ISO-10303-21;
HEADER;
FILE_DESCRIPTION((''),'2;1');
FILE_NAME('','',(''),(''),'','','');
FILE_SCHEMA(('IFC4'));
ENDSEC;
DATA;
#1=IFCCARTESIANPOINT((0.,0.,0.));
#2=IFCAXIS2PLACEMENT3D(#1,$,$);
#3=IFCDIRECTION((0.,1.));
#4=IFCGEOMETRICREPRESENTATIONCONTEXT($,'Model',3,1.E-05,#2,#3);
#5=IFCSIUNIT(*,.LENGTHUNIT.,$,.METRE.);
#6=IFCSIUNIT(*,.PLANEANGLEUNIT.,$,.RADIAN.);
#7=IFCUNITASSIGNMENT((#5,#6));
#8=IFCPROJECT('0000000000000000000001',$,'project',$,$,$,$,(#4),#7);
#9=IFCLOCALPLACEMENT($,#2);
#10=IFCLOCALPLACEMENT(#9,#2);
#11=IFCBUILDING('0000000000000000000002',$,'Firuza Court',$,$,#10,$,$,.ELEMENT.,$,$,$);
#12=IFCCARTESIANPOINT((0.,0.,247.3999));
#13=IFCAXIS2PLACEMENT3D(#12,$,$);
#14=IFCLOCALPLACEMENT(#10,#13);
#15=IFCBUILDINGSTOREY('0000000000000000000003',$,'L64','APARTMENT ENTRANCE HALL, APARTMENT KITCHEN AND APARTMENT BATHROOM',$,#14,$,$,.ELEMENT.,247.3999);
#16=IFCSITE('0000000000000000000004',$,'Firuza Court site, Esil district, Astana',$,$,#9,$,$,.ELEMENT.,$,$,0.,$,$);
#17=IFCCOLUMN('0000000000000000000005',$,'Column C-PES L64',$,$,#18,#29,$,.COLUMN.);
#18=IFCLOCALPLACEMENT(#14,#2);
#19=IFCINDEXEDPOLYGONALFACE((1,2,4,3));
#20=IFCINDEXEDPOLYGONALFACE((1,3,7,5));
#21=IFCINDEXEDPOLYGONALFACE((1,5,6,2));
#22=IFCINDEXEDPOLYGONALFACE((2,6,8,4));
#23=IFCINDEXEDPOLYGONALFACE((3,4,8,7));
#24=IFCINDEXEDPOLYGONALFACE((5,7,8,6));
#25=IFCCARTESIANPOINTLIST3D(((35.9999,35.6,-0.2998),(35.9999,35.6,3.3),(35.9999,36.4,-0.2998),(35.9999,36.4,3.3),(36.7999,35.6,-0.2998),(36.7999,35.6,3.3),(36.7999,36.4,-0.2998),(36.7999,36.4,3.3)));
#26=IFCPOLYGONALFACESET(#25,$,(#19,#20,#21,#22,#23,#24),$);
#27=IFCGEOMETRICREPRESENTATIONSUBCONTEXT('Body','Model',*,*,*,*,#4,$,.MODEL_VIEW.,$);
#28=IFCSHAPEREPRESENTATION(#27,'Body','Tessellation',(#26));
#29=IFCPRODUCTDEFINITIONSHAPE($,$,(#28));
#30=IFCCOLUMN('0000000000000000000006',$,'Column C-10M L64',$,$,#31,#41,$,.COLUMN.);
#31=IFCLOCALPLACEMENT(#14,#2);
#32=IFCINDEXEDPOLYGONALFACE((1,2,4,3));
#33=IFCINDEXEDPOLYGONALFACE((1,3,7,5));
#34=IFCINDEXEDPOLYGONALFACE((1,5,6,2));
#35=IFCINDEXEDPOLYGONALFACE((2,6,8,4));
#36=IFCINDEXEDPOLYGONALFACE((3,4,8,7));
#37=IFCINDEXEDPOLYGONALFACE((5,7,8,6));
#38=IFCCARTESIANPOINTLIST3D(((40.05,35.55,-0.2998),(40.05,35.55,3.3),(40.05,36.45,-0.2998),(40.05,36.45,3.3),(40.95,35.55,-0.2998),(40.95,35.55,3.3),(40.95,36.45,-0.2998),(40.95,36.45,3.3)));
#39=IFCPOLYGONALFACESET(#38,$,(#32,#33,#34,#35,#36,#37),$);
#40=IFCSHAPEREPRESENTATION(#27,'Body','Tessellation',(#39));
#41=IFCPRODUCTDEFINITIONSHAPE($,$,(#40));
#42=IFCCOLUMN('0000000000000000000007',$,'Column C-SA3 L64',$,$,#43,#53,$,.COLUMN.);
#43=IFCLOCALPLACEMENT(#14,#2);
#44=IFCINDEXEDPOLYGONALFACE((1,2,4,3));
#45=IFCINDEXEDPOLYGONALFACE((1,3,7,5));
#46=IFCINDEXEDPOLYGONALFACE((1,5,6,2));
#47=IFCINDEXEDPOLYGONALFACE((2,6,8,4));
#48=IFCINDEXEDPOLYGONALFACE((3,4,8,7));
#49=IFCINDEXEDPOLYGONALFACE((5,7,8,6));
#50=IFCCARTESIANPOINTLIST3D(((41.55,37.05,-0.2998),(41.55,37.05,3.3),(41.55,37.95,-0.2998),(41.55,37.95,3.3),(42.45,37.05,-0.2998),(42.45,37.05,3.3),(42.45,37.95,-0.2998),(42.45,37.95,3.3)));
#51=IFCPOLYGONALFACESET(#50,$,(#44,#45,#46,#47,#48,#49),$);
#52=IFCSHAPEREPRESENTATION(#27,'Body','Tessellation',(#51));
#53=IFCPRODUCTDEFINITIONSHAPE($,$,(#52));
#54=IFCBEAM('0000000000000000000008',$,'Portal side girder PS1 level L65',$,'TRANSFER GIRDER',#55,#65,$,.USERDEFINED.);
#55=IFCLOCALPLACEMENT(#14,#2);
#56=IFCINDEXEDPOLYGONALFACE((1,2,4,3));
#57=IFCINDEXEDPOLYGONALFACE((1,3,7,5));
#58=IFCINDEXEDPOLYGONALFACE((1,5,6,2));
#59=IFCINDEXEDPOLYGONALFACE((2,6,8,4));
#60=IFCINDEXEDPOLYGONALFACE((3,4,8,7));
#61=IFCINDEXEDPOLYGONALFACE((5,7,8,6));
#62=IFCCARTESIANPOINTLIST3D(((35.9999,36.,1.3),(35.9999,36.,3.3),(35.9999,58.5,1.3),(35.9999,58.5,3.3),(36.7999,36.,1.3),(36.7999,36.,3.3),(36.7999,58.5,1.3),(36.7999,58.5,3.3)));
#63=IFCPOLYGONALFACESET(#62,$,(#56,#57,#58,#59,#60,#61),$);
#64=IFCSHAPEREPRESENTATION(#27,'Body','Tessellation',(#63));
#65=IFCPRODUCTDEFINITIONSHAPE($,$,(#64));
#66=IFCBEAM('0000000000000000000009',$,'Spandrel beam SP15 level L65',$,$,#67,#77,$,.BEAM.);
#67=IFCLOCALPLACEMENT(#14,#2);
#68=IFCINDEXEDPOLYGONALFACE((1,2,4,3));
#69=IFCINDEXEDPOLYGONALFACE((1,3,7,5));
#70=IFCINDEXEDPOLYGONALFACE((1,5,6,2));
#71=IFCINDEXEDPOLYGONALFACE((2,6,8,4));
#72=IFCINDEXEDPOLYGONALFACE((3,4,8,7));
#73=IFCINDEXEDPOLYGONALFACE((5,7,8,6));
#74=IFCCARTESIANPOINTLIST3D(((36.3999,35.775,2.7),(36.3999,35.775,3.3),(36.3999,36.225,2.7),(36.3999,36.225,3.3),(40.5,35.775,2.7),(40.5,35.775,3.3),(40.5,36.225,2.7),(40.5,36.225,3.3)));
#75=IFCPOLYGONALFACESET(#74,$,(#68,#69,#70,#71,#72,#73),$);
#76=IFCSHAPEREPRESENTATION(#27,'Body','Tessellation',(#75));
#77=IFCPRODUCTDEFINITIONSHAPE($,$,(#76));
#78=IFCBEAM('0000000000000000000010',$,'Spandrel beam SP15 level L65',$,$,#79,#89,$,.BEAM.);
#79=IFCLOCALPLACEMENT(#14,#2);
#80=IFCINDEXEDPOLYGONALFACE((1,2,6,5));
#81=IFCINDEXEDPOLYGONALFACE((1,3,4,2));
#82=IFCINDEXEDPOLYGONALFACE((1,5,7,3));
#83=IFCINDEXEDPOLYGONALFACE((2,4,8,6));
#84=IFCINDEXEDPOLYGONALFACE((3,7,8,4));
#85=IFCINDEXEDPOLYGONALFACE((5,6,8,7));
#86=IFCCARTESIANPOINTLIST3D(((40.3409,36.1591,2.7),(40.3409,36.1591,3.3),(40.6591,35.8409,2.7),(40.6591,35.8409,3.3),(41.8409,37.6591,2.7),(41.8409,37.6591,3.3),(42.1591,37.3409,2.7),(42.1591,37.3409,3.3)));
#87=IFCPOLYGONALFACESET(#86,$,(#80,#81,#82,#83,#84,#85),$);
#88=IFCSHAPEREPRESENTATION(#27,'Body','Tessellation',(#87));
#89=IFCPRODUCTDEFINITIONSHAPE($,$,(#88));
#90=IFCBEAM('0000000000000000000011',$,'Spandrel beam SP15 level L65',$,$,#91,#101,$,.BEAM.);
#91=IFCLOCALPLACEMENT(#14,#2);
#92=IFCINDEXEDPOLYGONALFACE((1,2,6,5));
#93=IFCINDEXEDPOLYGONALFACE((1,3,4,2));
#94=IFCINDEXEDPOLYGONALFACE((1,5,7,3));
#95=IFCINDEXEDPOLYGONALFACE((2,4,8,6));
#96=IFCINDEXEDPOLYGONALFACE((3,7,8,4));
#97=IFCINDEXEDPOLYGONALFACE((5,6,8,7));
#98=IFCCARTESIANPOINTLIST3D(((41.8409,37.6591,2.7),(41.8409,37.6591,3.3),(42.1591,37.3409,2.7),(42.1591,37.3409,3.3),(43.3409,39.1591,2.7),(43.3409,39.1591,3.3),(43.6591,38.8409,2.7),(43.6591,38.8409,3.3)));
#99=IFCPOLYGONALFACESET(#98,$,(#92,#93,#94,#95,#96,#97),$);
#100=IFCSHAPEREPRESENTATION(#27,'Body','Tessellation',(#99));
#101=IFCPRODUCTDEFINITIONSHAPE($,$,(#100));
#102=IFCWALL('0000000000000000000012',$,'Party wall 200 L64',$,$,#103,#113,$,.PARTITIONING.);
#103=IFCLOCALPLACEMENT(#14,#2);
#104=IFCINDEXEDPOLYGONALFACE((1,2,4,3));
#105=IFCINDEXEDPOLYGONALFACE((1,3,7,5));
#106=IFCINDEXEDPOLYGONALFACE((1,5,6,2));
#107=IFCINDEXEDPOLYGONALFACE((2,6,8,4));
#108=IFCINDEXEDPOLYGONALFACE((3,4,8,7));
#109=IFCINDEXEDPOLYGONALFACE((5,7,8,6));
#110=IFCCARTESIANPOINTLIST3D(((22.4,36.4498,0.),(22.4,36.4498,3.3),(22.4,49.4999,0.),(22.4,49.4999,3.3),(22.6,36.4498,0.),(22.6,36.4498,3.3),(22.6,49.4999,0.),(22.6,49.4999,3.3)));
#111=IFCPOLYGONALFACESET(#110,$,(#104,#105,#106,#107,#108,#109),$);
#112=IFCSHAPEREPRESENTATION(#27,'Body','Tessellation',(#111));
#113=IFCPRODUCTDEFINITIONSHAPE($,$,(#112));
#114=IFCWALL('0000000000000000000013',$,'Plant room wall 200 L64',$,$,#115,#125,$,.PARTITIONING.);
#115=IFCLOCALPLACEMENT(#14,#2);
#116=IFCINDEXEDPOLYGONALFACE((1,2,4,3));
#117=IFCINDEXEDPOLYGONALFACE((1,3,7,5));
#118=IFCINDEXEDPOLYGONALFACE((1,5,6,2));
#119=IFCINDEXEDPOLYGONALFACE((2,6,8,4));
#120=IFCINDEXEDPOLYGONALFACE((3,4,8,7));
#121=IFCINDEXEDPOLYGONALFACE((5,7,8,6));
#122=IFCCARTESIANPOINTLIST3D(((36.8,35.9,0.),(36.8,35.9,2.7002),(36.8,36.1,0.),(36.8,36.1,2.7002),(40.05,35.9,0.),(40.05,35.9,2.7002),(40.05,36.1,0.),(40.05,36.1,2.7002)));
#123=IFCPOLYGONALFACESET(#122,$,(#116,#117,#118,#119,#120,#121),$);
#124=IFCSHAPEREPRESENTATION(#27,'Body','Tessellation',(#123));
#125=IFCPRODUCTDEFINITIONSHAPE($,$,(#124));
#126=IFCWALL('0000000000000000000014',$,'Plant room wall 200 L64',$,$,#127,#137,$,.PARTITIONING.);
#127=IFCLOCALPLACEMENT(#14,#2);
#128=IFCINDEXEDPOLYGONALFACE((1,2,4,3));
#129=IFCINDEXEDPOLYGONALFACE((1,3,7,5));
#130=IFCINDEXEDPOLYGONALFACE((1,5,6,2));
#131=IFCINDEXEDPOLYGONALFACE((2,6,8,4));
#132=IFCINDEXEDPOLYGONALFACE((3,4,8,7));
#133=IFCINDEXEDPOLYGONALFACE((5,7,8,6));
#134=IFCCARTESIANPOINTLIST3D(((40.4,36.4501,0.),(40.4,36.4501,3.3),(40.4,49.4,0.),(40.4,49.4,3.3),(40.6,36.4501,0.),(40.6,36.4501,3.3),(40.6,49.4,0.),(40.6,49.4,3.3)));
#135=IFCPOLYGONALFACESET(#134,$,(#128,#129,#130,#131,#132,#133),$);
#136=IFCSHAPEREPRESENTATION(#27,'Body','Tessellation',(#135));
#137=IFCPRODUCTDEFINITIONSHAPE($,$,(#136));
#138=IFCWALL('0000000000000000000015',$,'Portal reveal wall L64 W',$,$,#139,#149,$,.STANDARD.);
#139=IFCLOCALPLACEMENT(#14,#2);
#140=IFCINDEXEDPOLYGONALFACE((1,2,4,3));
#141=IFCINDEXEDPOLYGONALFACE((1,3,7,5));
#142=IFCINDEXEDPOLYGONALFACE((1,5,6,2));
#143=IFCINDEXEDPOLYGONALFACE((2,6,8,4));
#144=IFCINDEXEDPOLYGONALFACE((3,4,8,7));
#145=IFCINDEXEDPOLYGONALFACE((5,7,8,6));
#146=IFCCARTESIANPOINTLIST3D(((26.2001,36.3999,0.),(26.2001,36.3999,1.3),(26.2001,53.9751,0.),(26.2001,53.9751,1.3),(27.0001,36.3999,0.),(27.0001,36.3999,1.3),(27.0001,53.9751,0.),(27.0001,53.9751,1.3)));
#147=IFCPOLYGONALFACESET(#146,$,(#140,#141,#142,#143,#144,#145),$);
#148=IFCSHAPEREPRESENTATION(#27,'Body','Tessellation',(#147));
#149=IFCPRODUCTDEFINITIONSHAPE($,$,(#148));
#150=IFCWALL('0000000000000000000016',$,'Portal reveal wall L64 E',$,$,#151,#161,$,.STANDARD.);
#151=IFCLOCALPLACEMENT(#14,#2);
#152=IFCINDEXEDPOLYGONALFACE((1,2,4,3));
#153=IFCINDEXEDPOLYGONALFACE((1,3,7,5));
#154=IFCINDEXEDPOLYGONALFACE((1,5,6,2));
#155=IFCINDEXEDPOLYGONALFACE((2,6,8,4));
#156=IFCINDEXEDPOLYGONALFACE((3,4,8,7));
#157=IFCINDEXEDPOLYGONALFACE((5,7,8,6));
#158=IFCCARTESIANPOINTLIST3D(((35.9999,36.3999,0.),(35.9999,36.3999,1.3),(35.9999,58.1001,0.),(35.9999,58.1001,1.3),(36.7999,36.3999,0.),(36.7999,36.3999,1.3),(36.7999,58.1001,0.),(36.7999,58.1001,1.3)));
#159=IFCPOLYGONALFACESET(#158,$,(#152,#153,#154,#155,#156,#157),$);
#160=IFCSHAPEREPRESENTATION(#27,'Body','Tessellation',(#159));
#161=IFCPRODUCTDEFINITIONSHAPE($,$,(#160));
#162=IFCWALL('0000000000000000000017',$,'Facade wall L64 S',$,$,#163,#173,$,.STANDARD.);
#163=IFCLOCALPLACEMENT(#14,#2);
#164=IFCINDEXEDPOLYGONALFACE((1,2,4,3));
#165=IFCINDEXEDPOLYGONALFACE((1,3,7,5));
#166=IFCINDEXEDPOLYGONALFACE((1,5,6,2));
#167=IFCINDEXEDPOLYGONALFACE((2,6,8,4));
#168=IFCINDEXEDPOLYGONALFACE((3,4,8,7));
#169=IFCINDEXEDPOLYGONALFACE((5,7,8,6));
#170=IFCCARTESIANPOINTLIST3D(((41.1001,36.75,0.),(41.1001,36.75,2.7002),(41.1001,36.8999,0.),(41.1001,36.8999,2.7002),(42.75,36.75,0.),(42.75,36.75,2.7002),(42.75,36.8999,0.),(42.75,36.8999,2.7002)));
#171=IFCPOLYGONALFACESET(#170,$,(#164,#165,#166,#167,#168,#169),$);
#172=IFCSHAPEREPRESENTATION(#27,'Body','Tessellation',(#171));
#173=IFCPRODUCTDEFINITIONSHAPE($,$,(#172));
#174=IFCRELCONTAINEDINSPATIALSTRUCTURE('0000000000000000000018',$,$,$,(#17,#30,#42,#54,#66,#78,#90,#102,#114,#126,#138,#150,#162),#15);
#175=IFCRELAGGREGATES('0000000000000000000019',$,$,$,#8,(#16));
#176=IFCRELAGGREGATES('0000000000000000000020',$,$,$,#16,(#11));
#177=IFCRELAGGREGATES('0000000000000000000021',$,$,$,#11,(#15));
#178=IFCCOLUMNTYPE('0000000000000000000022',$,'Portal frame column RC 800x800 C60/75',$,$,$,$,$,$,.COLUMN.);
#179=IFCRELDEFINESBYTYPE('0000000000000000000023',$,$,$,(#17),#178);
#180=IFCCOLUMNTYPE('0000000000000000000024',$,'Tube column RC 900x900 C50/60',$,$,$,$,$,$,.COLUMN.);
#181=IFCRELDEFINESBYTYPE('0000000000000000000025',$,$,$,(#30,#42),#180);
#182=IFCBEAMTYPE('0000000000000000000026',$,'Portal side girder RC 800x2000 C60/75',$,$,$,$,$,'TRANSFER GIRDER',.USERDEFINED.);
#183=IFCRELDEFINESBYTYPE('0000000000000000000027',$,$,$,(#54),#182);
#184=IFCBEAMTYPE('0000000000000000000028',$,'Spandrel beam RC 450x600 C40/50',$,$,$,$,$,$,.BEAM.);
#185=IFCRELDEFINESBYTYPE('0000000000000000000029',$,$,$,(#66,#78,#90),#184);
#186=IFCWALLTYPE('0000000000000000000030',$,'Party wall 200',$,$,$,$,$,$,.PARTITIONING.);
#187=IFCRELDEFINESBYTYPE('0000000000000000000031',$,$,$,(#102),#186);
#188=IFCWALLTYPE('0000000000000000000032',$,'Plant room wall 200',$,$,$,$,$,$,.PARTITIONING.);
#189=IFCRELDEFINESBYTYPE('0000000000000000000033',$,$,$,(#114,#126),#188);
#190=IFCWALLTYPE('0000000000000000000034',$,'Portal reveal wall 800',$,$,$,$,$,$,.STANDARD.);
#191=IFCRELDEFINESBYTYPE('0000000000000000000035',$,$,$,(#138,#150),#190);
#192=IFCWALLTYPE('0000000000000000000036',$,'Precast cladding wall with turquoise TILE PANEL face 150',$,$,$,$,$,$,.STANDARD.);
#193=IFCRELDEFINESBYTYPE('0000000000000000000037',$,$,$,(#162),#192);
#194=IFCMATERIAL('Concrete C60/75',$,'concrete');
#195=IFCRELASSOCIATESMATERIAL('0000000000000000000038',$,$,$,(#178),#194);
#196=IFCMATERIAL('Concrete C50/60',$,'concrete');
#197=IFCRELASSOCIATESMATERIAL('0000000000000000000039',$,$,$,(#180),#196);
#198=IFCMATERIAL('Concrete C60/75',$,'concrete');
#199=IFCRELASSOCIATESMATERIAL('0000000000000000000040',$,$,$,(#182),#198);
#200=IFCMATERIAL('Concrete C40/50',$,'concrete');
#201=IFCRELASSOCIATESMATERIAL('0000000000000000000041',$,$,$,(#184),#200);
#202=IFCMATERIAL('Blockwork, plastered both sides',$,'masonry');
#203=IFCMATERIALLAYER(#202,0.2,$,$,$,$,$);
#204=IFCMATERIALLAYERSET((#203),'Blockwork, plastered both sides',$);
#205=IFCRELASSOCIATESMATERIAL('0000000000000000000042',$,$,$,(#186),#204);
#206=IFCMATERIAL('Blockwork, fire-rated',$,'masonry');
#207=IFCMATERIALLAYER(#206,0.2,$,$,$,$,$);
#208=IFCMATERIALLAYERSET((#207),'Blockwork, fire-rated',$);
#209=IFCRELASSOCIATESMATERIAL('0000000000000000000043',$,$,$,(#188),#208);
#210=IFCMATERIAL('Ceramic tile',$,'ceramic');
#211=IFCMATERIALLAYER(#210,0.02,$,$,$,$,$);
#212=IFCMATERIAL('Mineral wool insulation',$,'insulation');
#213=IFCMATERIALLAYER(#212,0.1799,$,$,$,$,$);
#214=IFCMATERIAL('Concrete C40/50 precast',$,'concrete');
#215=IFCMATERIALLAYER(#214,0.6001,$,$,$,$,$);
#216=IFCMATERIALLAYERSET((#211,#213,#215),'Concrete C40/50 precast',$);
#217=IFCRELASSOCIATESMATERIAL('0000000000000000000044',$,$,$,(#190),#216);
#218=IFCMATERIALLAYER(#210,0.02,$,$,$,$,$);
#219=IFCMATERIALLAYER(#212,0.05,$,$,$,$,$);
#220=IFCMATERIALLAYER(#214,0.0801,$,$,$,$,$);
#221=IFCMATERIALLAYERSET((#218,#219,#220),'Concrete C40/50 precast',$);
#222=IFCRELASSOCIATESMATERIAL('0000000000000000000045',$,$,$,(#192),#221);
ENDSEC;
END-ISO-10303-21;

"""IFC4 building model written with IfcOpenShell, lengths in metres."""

from ifc_helpers import new_model, si_unit, direction, frame, frame_2d, origin, origin_2d, place, context, subcontext, project, spatial, rectangle, extrude, material, layer, layer_set, material_profile, profile_set, type_object, element, save


model = new_model("IFC4")

# Units and contexts
model_context = context("Model", 3, precision=1e-05, world=origin(), true_north=direction((0.0, 1.0)))
body_context = subcontext(model_context, "Body", "Model", "MODEL_VIEW")
ifc_project = project(units=[si_unit("LENGTHUNIT", "METRE"), si_unit("PLANEANGLEUNIT", "RADIAN")], contexts=[model_context])

# Site, building, storey
site_placement = place(None, origin())
site = spatial("IfcSite", under=ifc_project, at=site_placement, Name="Firuza Court site, Esil district, Astana", CompositionType="ELEMENT", RefElevation=0.0)
building_placement = place(site_placement, origin())
building = spatial("IfcBuilding", under=site, at=building_placement, Name="Firuza Court", CompositionType="ELEMENT")
storey_placement = place(building_placement, frame((0.0, 0.0, 247.3999)))
storey = spatial("IfcBuildingStorey", under=building, at=storey_placement, Name="L64", Description="APARTMENT ENTRANCE HALL, APARTMENT KITCHEN AND APARTMENT BATHROOM", CompositionType="ELEMENT", Elevation=247.3999)

# Columns
ifc_material_1 = material(Name="Concrete C60/75", Category="concrete")
ifc_material_profile_1 = material_profile(ifc_material_1, rectangle(XDim=0.8, YDim=0.8, at=origin_2d()), Name="RC 800x800")
ifc_profile_set_1 = profile_set([ifc_material_profile_1], Name="Concrete C60/75")
column_type_1 = type_object("IfcColumnType", Name="Portal frame column RC 800x800 C60/75", PredefinedType="COLUMN", material=ifc_profile_set_1)
column_placement = place(storey_placement, frame((36.3999, 36.0, -0.2998), z_axis=(0.0, 0.0, 1.0), x_axis=(1.0, 0.0, 0.0)))
element("IfcColumn", 1, at=column_placement, inside=storey, type_object=column_type_1, Name="Column C-PES L64", PredefinedType="COLUMN", context=body_context, shape_type="SweptSolid", body=[
    extrude(rectangle(XDim=0.8, YDim=0.8, at=origin_2d()), origin(), (0.0, 0.0, 1.0), 3.5999),
])
ifc_material_2 = material(Name="Concrete C50/60", Category="concrete")
ifc_material_profile_2 = material_profile(ifc_material_2, rectangle(XDim=0.8999, YDim=0.8999, at=origin_2d()), Name="RC 900x900")
ifc_profile_set_2 = profile_set([ifc_material_profile_2], Name="Concrete C50/60")
column_type_2 = type_object("IfcColumnType", Name="Tube column RC 900x900 C50/60", PredefinedType="COLUMN", material=ifc_profile_set_2)
for number, where, z_axis, x_axis, name in (
    (2, (40.5, 36.0, -0.2998), (0.0, 0.0, 1.0), (1.0, 0.0, 0.0), "Column C-10M L64"),
    (3, (42.0, 37.5, -0.2998), (0.0, 0.0, 1.0), (1.0, 0.0, 0.0), "Column C-SA3 L64"),
):
    element("IfcColumn", number, at=place(storey_placement, frame(where, z_axis=z_axis, x_axis=x_axis)), inside=storey, type_object=column_type_2, Name=name, PredefinedType="COLUMN", context=body_context, shape_type="SweptSolid", body=[
        extrude(rectangle(XDim=0.8999, YDim=0.8999, at=origin_2d()), origin(), (0.0, 0.0, 1.0), 3.5999),
    ])

# Beams
ifc_material_3 = material(Name="Concrete C60/75", Category="concrete")
ifc_material_profile_3 = material_profile(ifc_material_3, rectangle(XDim=0.8, YDim=2.0, at=origin_2d()), Name="RC 800x2000")
ifc_profile_set_3 = profile_set([ifc_material_profile_3], Name="Concrete C60/75")
beam_type_1 = type_object("IfcBeamType", Name="Portal side girder RC 800x2000 C60/75", ElementType="TRANSFER GIRDER", PredefinedType="USERDEFINED", material=ifc_profile_set_3)
beam_1_placement = place(storey_placement, frame((36.3999, 36.0, 2.3), z_axis=(0.0, 1.0, 0.0), x_axis=(-1.0, 0.0, 0.0)))
element("IfcBeam", 4, at=beam_1_placement, inside=storey, type_object=beam_type_1, Name="Portal side girder PS1 level L65", ObjectType="TRANSFER GIRDER", PredefinedType="USERDEFINED", context=body_context, shape_type="SweptSolid", body=[
    extrude(rectangle(XDim=0.8, YDim=2.0, at=origin_2d()), origin(), (0.0, 0.0, 1.0), 22.5),
])
ifc_material_4 = material(Name="Concrete C40/50", Category="concrete")
ifc_material_profile_4 = material_profile(ifc_material_4, rectangle(XDim=0.45, YDim=0.6001, at=origin_2d()), Name="RC 450x600")
ifc_profile_set_4 = profile_set([ifc_material_profile_4], Name="Concrete C40/50")
beam_type_2 = type_object("IfcBeamType", Name="Spandrel beam RC 450x600 C40/50", PredefinedType="BEAM", material=ifc_profile_set_4)
beam_2_placement = place(storey_placement, frame((36.3999, 36.0, 3.0), z_axis=(1.0, 0.0, 0.0), x_axis=(0.0, 1.0, 0.0)))
element("IfcBeam", 5, at=beam_2_placement, inside=storey, type_object=beam_type_2, Name="Spandrel beam SP15 level L65", PredefinedType="BEAM", context=body_context, shape_type="SweptSolid", body=[
    extrude(rectangle(XDim=0.45, YDim=0.6001, at=origin_2d()), origin(), (0.0, 0.0, 1.0), 4.1001),
])
for number, where, z_axis, x_axis, name in (
    (6, (40.5, 36.0, 3.0), (0.707107, 0.707107, 0.0), (-0.707107, 0.707107, 0.0), "Spandrel beam SP15 level L65"),
    (7, (42.0, 37.5, 3.0), (0.707107, 0.707107, 0.0), (-0.707107, 0.707107, 0.0), "Spandrel beam SP15 level L65"),
):
    element("IfcBeam", number, at=place(storey_placement, frame(where, z_axis=z_axis, x_axis=x_axis)), inside=storey, type_object=beam_type_2, Name=name, PredefinedType="BEAM", context=body_context, shape_type="SweptSolid", body=[
        extrude(rectangle(XDim=0.45, YDim=0.6001, at=origin_2d()), origin(), (0.0, 0.0, 1.0), 2.1213),
    ])

# Walls
ifc_material_5 = material(Name="Blockwork, plastered both sides", Category="masonry")
ifc_layer_1 = layer(ifc_material_5, 0.2)
ifc_layer_set_1 = layer_set([ifc_layer_1], Name="Blockwork, plastered both sides")
wall_type_1 = type_object("IfcWallType", Name="Party wall 200", PredefinedType="PARTITIONING", material=ifc_layer_set_1)
wall_1_placement = place(storey_placement, frame((22.5, 36.45, 0.0), z_axis=(0.0, 0.0, 1.0), x_axis=(0.0, 1.0, 0.0)))
element("IfcWall", 8, at=wall_1_placement, inside=storey, type_object=wall_type_1, Name="Party wall 200 L64", PredefinedType="PARTITIONING", context=body_context, shape_type="SweptSolid", body=[
    extrude(rectangle(XDim=13.05, YDim=0.2, at=frame_2d((6.5249, 0.0))), origin(), (0.0, 0.0, 1.0), 3.3),
])
ifc_material_6 = material(Name="Blockwork, fire-rated", Category="masonry")
ifc_layer_2 = layer(ifc_material_6, 0.2)
ifc_layer_set_2 = layer_set([ifc_layer_2], Name="Blockwork, fire-rated")
wall_type_2 = type_object("IfcWallType", Name="Plant room wall 200", PredefinedType="PARTITIONING", material=ifc_layer_set_2)
wall_2_placement = place(storey_placement, frame((36.8, 36.0, 0.0), z_axis=(0.0, 0.0, 1.0), x_axis=(1.0, 0.0, 0.0)))
element("IfcWall", 9, at=wall_2_placement, inside=storey, type_object=wall_type_2, Name="Plant room wall 200 L64", PredefinedType="PARTITIONING", context=body_context, shape_type="SweptSolid", body=[
    extrude(rectangle(XDim=3.25, YDim=0.2, at=frame_2d((1.625, 0.0))), origin(), (0.0, 0.0, 1.0), 2.7002),
])
wall_3_placement = place(storey_placement, frame((40.5, 36.45, 0.0), z_axis=(0.0, 0.0, 1.0), x_axis=(0.0, 1.0, 0.0)))
element("IfcWall", 10, at=wall_3_placement, inside=storey, type_object=wall_type_2, Name="Plant room wall 200 L64", PredefinedType="PARTITIONING", context=body_context, shape_type="SweptSolid", body=[
    extrude(rectangle(XDim=12.95, YDim=0.2, at=frame_2d((6.4751, 0.0))), origin(), (0.0, 0.0, 1.0), 3.3),
])
ifc_material_7 = material(Name="Ceramic tile", Category="ceramic")
ifc_layer_3 = layer(ifc_material_7, 0.02)
ifc_material_8 = material(Name="Mineral wool insulation", Category="insulation")
ifc_layer_4 = layer(ifc_material_8, 0.1799)
ifc_material_9 = material(Name="Concrete C40/50 precast", Category="concrete")
ifc_layer_5 = layer(ifc_material_9, 0.6001)
ifc_layer_set_3 = layer_set([ifc_layer_3, ifc_layer_4, ifc_layer_5], Name="Concrete C40/50 precast")
wall_type_3 = type_object("IfcWallType", Name="Portal reveal wall 800", PredefinedType="STANDARD", material=ifc_layer_set_3)
wall_4_placement = place(storey_placement, frame((26.6001, 36.3999, 0.0), z_axis=(0.0, 0.0, 1.0), x_axis=(0.0, 1.0, 0.0)))
element("IfcWall", 11, at=wall_4_placement, inside=storey, type_object=wall_type_3, Name="Portal reveal wall L64 W", PredefinedType="STANDARD", context=body_context, shape_type="SweptSolid", body=[
    extrude(rectangle(XDim=17.5752, YDim=0.8, at=frame_2d((8.7876, 0.0))), origin(), (0.0, 0.0, 1.0), 1.3),
])
wall_5_placement = place(storey_placement, frame((36.3999, 36.3999, 0.0), z_axis=(0.0, 0.0, 1.0), x_axis=(0.0, 1.0, 0.0)))
element("IfcWall", 12, at=wall_5_placement, inside=storey, type_object=wall_type_3, Name="Portal reveal wall L64 E", PredefinedType="STANDARD", context=body_context, shape_type="SweptSolid", body=[
    extrude(rectangle(XDim=21.7002, YDim=0.8, at=frame_2d((10.8501, 0.0))), origin(), (0.0, 0.0, 1.0), 1.3),
])
ifc_layer_6 = layer(ifc_material_7, 0.02)
ifc_layer_7 = layer(ifc_material_8, 0.05)
ifc_layer_8 = layer(ifc_material_9, 0.0801)
ifc_layer_set_4 = layer_set([ifc_layer_6, ifc_layer_7, ifc_layer_8], Name="Concrete C40/50 precast")
wall_type_4 = type_object("IfcWallType", Name="Precast cladding wall with turquoise TILE PANEL face 150", PredefinedType="STANDARD", material=ifc_layer_set_4)
wall_6_placement = place(storey_placement, frame((41.1001, 36.825, 0.0), z_axis=(0.0, 0.0, 1.0), x_axis=(1.0, 0.0, 0.0)))
element("IfcWall", 13, at=wall_6_placement, inside=storey, type_object=wall_type_4, Name="Facade wall L64 S", PredefinedType="STANDARD", context=body_context, shape_type="SweptSolid", body=[
    extrude(rectangle(XDim=1.6499, YDim=0.1499, at=frame_2d((0.825, 0.0))), origin(), (0.0, 0.0, 1.0), 2.7002),
])

save(model, "model.ifc")
